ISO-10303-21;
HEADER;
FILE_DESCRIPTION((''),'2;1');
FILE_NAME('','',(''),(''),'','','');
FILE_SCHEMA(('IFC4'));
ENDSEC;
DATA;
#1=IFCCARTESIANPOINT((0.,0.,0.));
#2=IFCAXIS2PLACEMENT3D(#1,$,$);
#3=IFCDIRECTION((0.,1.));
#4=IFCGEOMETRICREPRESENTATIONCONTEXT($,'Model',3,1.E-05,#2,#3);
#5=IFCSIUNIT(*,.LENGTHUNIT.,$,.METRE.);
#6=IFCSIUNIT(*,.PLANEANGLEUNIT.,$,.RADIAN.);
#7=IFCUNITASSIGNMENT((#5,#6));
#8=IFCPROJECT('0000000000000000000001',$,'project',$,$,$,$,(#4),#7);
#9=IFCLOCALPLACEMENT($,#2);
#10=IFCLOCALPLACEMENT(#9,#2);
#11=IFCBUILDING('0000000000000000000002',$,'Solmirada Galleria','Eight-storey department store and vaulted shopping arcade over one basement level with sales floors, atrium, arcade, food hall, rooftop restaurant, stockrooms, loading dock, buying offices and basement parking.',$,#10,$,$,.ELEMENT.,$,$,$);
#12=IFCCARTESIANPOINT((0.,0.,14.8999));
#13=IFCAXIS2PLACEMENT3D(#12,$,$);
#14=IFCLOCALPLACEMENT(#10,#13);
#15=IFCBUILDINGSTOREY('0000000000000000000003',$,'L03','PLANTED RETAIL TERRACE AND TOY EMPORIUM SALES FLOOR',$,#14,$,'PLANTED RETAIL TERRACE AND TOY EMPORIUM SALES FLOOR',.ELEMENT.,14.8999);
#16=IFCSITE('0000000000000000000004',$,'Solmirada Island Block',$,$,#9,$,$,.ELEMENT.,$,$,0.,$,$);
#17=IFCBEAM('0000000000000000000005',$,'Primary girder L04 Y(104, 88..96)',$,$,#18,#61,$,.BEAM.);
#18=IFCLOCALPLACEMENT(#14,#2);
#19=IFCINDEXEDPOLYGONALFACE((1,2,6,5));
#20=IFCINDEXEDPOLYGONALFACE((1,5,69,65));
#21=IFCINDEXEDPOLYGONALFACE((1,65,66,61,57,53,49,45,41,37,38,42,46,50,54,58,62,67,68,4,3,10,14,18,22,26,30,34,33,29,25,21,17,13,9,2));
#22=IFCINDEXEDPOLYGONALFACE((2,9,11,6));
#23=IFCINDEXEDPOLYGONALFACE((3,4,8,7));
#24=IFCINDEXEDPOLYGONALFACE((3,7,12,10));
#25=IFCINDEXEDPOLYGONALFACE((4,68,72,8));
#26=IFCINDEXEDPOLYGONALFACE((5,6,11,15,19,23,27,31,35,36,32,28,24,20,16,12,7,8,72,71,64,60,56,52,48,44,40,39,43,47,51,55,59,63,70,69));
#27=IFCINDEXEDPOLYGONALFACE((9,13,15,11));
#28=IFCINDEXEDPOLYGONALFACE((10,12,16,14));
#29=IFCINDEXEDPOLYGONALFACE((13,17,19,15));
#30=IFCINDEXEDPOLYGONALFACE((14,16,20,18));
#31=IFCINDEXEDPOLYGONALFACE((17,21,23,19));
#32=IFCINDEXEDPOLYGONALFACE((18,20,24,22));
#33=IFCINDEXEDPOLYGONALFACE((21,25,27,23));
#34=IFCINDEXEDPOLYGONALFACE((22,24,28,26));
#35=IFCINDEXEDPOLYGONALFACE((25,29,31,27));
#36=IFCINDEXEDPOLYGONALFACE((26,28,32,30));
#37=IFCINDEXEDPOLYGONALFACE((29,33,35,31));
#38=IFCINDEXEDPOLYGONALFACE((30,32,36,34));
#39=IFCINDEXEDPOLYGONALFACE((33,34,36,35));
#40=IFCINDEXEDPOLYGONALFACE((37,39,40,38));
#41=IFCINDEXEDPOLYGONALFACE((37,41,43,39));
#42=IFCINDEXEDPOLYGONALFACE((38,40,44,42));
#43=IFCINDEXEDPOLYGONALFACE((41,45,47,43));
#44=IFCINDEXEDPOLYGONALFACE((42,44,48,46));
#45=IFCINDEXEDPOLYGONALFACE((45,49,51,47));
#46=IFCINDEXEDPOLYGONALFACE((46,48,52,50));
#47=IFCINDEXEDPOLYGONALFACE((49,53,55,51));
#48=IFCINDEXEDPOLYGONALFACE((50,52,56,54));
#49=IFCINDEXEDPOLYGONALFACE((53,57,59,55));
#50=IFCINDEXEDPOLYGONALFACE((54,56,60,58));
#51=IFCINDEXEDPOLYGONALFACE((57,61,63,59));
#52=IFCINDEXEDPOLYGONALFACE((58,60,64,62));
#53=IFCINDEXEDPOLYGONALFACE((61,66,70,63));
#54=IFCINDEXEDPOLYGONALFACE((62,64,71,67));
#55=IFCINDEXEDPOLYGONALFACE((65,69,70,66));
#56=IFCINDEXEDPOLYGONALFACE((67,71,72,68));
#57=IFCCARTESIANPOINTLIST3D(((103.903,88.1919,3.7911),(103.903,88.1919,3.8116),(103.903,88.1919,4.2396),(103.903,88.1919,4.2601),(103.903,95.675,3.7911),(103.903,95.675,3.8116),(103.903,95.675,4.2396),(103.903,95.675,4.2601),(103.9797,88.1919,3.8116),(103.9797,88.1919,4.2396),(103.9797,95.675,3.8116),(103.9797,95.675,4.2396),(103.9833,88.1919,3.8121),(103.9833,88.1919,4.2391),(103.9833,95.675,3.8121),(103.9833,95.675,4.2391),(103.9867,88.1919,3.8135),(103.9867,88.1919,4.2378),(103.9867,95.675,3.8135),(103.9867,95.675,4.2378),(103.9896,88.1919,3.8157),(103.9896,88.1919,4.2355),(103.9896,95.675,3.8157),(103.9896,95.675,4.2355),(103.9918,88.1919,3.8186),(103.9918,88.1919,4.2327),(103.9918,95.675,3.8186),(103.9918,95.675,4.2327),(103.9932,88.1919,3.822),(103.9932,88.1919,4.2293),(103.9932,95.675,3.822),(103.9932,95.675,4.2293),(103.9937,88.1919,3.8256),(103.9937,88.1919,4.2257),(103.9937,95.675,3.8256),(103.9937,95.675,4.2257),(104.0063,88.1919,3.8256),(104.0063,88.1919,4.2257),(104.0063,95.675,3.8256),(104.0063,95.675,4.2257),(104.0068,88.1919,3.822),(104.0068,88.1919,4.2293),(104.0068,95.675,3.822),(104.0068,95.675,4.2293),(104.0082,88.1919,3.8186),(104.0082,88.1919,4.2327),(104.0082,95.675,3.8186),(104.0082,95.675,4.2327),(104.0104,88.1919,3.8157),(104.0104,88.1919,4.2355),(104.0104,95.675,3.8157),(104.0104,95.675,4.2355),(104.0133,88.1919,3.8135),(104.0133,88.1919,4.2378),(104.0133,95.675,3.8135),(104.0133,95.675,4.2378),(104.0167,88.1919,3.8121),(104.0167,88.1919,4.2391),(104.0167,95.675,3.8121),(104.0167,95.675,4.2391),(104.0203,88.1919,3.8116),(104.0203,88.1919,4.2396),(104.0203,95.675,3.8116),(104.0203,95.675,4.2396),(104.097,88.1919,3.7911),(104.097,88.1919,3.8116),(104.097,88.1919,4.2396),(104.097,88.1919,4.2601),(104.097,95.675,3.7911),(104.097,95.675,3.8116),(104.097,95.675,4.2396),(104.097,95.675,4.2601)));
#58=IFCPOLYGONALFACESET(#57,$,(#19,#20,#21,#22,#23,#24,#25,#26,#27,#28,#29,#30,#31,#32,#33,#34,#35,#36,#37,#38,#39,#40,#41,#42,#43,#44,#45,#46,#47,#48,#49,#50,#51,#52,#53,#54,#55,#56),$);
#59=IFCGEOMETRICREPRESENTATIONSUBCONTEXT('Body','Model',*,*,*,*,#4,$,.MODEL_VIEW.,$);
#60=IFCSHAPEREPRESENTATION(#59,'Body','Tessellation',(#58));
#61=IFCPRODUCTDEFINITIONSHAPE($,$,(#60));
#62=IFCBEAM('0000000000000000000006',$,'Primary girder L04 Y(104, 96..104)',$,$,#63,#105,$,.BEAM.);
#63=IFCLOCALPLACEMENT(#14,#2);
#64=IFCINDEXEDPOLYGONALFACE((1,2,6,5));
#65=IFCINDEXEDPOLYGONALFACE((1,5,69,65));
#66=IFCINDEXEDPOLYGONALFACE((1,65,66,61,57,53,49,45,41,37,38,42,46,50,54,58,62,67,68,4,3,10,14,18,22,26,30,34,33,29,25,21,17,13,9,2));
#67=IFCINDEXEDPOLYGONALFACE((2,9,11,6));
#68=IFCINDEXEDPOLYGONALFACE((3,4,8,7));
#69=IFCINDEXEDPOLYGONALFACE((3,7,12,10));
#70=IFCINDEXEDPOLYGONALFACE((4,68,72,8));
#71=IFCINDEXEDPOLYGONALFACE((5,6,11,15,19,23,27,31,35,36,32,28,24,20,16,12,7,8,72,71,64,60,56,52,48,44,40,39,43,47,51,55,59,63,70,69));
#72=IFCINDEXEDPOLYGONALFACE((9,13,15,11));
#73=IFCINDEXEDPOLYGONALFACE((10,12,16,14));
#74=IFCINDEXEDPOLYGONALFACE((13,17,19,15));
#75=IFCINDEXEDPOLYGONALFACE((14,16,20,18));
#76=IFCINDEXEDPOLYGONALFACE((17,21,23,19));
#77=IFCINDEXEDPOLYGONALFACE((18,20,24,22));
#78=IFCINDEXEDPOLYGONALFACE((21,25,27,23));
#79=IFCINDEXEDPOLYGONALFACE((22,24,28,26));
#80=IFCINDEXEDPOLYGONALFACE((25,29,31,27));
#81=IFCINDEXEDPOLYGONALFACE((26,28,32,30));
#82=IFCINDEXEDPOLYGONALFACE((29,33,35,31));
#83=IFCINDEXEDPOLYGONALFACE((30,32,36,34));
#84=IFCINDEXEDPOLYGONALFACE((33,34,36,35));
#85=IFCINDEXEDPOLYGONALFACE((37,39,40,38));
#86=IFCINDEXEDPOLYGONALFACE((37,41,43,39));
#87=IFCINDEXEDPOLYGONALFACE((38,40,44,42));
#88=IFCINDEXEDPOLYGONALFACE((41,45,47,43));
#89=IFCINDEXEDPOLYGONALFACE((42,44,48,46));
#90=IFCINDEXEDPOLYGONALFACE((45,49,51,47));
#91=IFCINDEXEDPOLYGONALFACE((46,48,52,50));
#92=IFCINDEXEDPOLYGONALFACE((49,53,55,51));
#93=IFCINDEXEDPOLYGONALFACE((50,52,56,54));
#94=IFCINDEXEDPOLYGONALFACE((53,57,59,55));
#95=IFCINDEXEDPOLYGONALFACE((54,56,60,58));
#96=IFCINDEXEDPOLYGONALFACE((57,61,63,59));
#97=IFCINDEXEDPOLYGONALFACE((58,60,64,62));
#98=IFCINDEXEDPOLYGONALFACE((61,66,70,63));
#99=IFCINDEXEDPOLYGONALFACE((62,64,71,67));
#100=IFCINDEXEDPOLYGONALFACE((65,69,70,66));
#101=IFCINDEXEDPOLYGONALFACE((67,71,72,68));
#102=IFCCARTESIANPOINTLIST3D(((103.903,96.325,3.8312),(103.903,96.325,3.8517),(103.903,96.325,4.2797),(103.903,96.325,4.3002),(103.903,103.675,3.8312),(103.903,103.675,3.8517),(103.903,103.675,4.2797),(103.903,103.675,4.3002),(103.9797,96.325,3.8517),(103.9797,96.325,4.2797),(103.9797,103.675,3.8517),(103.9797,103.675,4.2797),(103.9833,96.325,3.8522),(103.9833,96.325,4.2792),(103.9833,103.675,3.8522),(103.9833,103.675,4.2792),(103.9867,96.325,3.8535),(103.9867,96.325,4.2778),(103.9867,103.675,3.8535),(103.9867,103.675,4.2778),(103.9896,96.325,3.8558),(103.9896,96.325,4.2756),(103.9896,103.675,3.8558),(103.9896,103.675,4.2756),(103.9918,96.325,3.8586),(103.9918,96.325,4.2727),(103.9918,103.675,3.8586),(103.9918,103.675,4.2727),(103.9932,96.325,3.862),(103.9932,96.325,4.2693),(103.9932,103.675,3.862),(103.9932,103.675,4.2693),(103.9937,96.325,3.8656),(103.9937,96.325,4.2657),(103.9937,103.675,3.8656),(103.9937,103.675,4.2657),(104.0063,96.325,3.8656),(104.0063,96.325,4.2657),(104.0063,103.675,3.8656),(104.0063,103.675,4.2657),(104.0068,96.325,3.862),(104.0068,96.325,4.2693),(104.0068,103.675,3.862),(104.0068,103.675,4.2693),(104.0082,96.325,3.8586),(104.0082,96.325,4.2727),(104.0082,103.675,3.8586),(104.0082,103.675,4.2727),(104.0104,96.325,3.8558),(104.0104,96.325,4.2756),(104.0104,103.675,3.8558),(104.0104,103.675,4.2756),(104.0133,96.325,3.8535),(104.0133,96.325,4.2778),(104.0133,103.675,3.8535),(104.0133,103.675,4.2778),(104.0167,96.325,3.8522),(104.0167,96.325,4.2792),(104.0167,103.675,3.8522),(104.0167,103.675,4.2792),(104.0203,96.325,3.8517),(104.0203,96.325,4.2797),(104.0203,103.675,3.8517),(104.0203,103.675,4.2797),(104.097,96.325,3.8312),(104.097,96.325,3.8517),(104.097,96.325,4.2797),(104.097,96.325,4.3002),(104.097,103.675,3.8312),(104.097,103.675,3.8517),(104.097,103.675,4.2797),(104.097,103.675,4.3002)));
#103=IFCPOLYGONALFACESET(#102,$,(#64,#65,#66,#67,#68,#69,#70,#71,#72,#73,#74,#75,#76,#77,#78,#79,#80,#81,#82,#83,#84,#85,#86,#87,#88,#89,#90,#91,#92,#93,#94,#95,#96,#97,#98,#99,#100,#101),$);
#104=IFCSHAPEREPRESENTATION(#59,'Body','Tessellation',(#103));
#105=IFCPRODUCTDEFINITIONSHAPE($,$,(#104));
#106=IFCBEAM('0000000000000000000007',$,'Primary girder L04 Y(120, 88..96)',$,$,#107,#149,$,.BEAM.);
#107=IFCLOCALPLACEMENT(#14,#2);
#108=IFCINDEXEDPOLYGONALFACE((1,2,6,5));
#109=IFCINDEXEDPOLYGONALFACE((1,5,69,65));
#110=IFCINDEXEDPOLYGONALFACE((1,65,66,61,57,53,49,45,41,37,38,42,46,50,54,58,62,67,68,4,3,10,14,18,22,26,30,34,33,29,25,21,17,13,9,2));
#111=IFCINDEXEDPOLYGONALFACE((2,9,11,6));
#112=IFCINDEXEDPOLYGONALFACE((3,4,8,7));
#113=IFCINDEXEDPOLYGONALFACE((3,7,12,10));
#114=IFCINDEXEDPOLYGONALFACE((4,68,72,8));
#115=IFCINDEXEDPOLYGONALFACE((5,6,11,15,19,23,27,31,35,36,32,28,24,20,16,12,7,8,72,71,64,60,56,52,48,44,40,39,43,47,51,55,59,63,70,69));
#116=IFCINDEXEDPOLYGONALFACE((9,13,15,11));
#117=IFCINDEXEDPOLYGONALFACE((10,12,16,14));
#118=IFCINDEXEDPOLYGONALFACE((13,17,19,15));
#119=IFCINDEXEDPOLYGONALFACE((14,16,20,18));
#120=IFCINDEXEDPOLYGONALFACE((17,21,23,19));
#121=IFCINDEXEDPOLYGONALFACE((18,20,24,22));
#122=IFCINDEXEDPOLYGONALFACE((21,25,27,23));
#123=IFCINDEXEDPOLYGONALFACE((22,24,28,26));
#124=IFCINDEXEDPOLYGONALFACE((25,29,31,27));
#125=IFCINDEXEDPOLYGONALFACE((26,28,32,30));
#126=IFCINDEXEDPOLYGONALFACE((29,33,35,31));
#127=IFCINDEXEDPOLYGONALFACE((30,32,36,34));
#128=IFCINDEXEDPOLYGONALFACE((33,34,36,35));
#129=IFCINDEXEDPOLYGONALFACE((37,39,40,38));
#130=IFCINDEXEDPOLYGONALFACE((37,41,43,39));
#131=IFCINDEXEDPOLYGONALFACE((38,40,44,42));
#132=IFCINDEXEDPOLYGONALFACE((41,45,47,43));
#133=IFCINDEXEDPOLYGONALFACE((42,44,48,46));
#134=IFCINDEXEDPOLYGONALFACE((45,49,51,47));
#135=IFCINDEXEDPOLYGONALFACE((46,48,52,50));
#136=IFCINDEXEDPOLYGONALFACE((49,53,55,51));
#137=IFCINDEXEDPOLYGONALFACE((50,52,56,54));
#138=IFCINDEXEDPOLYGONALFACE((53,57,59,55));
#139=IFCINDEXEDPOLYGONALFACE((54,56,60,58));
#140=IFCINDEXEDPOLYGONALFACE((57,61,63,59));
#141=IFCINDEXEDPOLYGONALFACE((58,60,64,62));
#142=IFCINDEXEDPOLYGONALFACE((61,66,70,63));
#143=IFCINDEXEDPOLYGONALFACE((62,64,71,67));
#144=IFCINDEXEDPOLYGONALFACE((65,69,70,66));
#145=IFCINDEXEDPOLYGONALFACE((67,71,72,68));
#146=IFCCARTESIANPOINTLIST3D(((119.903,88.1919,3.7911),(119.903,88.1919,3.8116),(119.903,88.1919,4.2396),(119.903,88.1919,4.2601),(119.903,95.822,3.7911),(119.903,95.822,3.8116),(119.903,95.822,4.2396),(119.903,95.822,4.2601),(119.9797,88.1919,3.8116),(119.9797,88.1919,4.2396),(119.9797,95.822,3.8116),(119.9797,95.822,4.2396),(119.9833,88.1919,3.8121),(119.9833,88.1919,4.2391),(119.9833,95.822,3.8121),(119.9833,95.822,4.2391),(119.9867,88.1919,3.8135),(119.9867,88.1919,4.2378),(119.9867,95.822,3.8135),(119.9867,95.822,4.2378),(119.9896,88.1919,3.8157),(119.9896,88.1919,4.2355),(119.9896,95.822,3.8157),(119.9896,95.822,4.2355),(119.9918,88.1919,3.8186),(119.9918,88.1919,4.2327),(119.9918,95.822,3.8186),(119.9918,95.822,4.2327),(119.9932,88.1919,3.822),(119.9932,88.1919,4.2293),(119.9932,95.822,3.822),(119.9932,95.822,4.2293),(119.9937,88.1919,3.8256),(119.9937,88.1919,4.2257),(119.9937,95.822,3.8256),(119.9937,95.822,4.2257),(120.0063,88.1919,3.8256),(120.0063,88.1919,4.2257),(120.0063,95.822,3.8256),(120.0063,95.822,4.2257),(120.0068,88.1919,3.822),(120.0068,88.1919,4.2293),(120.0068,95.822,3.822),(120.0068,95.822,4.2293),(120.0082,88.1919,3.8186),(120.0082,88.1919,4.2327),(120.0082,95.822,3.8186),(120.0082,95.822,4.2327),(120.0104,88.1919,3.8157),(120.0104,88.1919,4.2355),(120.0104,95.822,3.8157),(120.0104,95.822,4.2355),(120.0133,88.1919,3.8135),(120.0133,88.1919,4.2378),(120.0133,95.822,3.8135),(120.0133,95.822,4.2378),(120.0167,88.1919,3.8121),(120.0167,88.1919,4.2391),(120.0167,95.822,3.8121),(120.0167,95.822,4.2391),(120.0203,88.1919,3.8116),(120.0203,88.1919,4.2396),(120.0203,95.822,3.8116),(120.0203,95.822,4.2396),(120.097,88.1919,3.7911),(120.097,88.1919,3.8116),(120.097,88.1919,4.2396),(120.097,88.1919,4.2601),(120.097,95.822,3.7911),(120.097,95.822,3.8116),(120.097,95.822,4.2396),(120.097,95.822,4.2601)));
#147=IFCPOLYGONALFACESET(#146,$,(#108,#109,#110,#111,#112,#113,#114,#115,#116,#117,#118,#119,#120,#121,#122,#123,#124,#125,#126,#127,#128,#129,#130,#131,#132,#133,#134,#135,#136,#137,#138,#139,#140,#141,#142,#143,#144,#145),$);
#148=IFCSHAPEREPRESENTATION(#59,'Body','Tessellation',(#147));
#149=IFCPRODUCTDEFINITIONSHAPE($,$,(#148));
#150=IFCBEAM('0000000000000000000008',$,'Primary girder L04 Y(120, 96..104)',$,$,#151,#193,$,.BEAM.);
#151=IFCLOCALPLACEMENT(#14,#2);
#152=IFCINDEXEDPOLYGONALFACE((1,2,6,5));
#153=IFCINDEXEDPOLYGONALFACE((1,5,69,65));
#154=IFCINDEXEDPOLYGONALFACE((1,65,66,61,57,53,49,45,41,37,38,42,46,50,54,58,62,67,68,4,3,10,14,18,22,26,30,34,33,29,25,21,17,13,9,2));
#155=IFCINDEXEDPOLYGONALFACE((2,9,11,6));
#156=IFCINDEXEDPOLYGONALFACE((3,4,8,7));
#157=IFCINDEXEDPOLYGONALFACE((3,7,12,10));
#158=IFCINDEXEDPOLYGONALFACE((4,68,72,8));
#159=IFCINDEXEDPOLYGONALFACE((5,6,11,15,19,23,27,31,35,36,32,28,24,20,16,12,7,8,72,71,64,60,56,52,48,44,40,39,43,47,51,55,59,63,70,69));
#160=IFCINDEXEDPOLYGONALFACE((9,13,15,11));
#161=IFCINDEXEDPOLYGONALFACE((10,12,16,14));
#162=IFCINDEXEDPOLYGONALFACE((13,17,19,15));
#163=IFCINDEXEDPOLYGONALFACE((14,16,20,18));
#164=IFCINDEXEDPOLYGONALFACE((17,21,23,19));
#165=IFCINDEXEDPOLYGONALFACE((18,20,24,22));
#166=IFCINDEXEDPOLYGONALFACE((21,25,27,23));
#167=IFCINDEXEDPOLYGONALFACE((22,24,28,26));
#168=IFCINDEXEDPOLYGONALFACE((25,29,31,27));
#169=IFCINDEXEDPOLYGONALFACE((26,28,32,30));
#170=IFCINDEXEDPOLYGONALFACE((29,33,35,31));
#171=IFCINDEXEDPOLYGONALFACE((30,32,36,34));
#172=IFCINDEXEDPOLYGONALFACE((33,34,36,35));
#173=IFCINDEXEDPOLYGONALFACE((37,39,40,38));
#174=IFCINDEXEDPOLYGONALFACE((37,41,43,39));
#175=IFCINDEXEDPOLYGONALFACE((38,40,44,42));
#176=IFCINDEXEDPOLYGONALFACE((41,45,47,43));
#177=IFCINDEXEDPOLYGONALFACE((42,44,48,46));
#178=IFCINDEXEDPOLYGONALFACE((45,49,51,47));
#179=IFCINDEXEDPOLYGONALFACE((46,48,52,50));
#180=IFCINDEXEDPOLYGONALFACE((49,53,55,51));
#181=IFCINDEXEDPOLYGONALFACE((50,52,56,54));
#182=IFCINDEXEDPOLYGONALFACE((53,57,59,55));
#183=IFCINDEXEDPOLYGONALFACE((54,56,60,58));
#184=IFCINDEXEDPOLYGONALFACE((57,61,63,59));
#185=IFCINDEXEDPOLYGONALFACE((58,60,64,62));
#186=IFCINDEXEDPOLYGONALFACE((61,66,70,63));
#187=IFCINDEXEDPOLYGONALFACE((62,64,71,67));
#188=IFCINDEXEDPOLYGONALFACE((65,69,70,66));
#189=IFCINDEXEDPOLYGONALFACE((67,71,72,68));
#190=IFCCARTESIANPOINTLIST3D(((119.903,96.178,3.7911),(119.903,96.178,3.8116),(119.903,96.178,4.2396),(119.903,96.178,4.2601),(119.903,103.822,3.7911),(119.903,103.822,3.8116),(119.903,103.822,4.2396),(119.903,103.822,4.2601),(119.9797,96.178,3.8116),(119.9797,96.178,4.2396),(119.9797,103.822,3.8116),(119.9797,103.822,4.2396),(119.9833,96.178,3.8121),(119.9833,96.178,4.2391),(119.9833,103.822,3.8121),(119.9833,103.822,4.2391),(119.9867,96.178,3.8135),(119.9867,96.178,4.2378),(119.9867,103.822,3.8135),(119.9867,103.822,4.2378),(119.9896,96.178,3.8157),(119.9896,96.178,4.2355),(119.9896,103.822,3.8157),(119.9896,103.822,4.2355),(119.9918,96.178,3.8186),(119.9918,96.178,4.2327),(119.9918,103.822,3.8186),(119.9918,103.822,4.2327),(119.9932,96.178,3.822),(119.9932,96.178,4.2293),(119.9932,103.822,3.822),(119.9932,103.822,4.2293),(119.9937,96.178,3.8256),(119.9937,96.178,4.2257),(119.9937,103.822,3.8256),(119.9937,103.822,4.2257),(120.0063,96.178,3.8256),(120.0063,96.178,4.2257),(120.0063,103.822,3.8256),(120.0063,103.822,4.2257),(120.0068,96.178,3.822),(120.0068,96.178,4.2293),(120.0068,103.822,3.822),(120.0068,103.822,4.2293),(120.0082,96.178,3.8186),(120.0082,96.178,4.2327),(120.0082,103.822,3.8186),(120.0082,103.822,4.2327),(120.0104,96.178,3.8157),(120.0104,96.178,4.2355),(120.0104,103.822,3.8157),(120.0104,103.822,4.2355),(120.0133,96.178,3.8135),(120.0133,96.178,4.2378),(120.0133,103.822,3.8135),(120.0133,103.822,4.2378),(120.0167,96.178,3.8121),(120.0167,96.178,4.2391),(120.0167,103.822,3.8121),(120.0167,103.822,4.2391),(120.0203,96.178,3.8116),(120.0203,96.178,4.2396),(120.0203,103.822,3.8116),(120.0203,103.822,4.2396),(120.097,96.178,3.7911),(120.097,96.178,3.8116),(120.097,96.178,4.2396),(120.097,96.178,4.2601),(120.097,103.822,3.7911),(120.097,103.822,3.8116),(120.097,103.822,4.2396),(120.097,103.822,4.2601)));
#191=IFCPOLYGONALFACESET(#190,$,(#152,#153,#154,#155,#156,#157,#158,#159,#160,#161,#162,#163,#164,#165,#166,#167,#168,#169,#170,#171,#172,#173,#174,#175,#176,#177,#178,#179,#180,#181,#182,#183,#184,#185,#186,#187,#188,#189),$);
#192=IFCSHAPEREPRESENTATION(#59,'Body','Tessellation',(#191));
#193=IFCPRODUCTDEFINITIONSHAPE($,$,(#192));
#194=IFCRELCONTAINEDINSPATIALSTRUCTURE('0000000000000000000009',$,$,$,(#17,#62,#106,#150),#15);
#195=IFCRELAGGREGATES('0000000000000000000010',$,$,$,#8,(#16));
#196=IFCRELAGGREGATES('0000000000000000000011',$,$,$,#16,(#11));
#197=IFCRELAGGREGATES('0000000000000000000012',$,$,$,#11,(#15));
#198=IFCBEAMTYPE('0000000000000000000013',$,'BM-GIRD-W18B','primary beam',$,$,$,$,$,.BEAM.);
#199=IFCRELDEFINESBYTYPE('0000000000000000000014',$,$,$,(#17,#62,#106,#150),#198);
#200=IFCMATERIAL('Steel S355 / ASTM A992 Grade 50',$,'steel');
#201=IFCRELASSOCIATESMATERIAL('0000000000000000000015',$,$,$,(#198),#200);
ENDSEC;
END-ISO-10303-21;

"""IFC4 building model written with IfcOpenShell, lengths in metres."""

from ifc_helpers import new_model, si_unit, direction, frame, origin, origin_2d, place, context, subcontext, project, spatial, i_section, extrude, material, material_profile, profile_set, type_object, element, save


model = new_model("IFC4")

# Units and contexts
model_context = context("Model", 3, precision=1e-05, world=origin(), true_north=direction((0.0, 1.0)))
body_context = subcontext(model_context, "Body", "Model", "MODEL_VIEW")
ifc_project = project(units=[si_unit("LENGTHUNIT", "METRE"), si_unit("PLANEANGLEUNIT", "RADIAN")], contexts=[model_context])

# Site, building, storey
site_placement = place(None, origin())
site = spatial("IfcSite", under=ifc_project, at=site_placement, Name="Solmirada Island Block", CompositionType="ELEMENT", RefElevation=0.0)
building_placement = place(site_placement, origin())
building = spatial("IfcBuilding", under=site, at=building_placement, Name="Solmirada Galleria", Description="Eight-storey department store and vaulted shopping arcade over one basement level with sales floors, atrium, arcade, food hall, rooftop restaurant, stockrooms, loading dock, buying offices and basement parking.", CompositionType="ELEMENT")
storey_placement = place(building_placement, frame((0.0, 0.0, 14.8999)))
storey = spatial("IfcBuildingStorey", under=building, at=storey_placement, Name="L03", Description="PLANTED RETAIL TERRACE AND TOY EMPORIUM SALES FLOOR", LongName="PLANTED RETAIL TERRACE AND TOY EMPORIUM SALES FLOOR", CompositionType="ELEMENT", Elevation=14.8999)

# Beams
ifc_material_1 = material(Name="Steel S355 / ASTM A992 Grade 50", Category="steel")
ifc_material_profile_1 = material_profile(ifc_material_1, i_section(OverallWidth=0.1941, OverallDepth=0.469, WebThickness=0.0127, FlangeThickness=0.0205, FilletRadius=0.0139, at=origin_2d()), Name="W18X71")
ifc_profile_set_1 = profile_set([ifc_material_profile_1], Name="Steel S355 / ASTM A992 Grade 50")
beam_type_1 = type_object("IfcBeamType", Name="BM-GIRD-W18B", Description="primary beam", PredefinedType="BEAM", material=ifc_profile_set_1)
beam_1_placement = place(storey_placement, frame((104.0, 88.1919, 4.0256), z_axis=(0.0, 1.0, 0.0), x_axis=(-1.0, 0.0, 0.0)))
element("IfcBeam", 1, at=beam_1_placement, inside=storey, type_object=beam_type_1, Name="Primary girder L04 Y(104, 88..96)", PredefinedType="BEAM", context=body_context, shape_type="SweptSolid", body=[
    extrude(i_section(OverallWidth=0.1941, OverallDepth=0.469, WebThickness=0.0127, FlangeThickness=0.0205, FilletRadius=0.0139, at=origin_2d()), origin(), (0.0, 0.0, 1.0), 7.4832),
])
beam_2_placement = place(storey_placement, frame((104.0, 96.325, 4.0657), z_axis=(0.0, 1.0, 0.0), x_axis=(-1.0, 0.0, 0.0)))
element("IfcBeam", 2, at=beam_2_placement, inside=storey, type_object=beam_type_1, Name="Primary girder L04 Y(104, 96..104)", PredefinedType="BEAM", context=body_context, shape_type="SweptSolid", body=[
    extrude(i_section(OverallWidth=0.1941, OverallDepth=0.469, WebThickness=0.0127, FlangeThickness=0.0205, FilletRadius=0.0139, at=origin_2d()), origin(), (0.0, 0.0, 1.0), 7.3501),
])
beam_3_placement = place(storey_placement, frame((120.0, 88.1919, 4.0256), z_axis=(0.0, 1.0, 0.0), x_axis=(-1.0, 0.0, 0.0)))
element("IfcBeam", 3, at=beam_3_placement, inside=storey, type_object=beam_type_1, Name="Primary girder L04 Y(120, 88..96)", PredefinedType="BEAM", context=body_context, shape_type="SweptSolid", body=[
    extrude(i_section(OverallWidth=0.1941, OverallDepth=0.469, WebThickness=0.0127, FlangeThickness=0.0205, FilletRadius=0.0139, at=origin_2d()), origin(), (0.0, 0.0, 1.0), 7.6301),
])
beam_4_placement = place(storey_placement, frame((120.0, 96.178, 4.0256), z_axis=(0.0, 1.0, 0.0), x_axis=(-1.0, 0.0, 0.0)))
element("IfcBeam", 4, at=beam_4_placement, inside=storey, type_object=beam_type_1, Name="Primary girder L04 Y(120, 96..104)", PredefinedType="BEAM", context=body_context, shape_type="SweptSolid", body=[
    extrude(i_section(OverallWidth=0.1941, OverallDepth=0.469, WebThickness=0.0127, FlangeThickness=0.0205, FilletRadius=0.0139, at=origin_2d()), origin(), (0.0, 0.0, 1.0), 7.644),
])

save(model, "model.ifc")
